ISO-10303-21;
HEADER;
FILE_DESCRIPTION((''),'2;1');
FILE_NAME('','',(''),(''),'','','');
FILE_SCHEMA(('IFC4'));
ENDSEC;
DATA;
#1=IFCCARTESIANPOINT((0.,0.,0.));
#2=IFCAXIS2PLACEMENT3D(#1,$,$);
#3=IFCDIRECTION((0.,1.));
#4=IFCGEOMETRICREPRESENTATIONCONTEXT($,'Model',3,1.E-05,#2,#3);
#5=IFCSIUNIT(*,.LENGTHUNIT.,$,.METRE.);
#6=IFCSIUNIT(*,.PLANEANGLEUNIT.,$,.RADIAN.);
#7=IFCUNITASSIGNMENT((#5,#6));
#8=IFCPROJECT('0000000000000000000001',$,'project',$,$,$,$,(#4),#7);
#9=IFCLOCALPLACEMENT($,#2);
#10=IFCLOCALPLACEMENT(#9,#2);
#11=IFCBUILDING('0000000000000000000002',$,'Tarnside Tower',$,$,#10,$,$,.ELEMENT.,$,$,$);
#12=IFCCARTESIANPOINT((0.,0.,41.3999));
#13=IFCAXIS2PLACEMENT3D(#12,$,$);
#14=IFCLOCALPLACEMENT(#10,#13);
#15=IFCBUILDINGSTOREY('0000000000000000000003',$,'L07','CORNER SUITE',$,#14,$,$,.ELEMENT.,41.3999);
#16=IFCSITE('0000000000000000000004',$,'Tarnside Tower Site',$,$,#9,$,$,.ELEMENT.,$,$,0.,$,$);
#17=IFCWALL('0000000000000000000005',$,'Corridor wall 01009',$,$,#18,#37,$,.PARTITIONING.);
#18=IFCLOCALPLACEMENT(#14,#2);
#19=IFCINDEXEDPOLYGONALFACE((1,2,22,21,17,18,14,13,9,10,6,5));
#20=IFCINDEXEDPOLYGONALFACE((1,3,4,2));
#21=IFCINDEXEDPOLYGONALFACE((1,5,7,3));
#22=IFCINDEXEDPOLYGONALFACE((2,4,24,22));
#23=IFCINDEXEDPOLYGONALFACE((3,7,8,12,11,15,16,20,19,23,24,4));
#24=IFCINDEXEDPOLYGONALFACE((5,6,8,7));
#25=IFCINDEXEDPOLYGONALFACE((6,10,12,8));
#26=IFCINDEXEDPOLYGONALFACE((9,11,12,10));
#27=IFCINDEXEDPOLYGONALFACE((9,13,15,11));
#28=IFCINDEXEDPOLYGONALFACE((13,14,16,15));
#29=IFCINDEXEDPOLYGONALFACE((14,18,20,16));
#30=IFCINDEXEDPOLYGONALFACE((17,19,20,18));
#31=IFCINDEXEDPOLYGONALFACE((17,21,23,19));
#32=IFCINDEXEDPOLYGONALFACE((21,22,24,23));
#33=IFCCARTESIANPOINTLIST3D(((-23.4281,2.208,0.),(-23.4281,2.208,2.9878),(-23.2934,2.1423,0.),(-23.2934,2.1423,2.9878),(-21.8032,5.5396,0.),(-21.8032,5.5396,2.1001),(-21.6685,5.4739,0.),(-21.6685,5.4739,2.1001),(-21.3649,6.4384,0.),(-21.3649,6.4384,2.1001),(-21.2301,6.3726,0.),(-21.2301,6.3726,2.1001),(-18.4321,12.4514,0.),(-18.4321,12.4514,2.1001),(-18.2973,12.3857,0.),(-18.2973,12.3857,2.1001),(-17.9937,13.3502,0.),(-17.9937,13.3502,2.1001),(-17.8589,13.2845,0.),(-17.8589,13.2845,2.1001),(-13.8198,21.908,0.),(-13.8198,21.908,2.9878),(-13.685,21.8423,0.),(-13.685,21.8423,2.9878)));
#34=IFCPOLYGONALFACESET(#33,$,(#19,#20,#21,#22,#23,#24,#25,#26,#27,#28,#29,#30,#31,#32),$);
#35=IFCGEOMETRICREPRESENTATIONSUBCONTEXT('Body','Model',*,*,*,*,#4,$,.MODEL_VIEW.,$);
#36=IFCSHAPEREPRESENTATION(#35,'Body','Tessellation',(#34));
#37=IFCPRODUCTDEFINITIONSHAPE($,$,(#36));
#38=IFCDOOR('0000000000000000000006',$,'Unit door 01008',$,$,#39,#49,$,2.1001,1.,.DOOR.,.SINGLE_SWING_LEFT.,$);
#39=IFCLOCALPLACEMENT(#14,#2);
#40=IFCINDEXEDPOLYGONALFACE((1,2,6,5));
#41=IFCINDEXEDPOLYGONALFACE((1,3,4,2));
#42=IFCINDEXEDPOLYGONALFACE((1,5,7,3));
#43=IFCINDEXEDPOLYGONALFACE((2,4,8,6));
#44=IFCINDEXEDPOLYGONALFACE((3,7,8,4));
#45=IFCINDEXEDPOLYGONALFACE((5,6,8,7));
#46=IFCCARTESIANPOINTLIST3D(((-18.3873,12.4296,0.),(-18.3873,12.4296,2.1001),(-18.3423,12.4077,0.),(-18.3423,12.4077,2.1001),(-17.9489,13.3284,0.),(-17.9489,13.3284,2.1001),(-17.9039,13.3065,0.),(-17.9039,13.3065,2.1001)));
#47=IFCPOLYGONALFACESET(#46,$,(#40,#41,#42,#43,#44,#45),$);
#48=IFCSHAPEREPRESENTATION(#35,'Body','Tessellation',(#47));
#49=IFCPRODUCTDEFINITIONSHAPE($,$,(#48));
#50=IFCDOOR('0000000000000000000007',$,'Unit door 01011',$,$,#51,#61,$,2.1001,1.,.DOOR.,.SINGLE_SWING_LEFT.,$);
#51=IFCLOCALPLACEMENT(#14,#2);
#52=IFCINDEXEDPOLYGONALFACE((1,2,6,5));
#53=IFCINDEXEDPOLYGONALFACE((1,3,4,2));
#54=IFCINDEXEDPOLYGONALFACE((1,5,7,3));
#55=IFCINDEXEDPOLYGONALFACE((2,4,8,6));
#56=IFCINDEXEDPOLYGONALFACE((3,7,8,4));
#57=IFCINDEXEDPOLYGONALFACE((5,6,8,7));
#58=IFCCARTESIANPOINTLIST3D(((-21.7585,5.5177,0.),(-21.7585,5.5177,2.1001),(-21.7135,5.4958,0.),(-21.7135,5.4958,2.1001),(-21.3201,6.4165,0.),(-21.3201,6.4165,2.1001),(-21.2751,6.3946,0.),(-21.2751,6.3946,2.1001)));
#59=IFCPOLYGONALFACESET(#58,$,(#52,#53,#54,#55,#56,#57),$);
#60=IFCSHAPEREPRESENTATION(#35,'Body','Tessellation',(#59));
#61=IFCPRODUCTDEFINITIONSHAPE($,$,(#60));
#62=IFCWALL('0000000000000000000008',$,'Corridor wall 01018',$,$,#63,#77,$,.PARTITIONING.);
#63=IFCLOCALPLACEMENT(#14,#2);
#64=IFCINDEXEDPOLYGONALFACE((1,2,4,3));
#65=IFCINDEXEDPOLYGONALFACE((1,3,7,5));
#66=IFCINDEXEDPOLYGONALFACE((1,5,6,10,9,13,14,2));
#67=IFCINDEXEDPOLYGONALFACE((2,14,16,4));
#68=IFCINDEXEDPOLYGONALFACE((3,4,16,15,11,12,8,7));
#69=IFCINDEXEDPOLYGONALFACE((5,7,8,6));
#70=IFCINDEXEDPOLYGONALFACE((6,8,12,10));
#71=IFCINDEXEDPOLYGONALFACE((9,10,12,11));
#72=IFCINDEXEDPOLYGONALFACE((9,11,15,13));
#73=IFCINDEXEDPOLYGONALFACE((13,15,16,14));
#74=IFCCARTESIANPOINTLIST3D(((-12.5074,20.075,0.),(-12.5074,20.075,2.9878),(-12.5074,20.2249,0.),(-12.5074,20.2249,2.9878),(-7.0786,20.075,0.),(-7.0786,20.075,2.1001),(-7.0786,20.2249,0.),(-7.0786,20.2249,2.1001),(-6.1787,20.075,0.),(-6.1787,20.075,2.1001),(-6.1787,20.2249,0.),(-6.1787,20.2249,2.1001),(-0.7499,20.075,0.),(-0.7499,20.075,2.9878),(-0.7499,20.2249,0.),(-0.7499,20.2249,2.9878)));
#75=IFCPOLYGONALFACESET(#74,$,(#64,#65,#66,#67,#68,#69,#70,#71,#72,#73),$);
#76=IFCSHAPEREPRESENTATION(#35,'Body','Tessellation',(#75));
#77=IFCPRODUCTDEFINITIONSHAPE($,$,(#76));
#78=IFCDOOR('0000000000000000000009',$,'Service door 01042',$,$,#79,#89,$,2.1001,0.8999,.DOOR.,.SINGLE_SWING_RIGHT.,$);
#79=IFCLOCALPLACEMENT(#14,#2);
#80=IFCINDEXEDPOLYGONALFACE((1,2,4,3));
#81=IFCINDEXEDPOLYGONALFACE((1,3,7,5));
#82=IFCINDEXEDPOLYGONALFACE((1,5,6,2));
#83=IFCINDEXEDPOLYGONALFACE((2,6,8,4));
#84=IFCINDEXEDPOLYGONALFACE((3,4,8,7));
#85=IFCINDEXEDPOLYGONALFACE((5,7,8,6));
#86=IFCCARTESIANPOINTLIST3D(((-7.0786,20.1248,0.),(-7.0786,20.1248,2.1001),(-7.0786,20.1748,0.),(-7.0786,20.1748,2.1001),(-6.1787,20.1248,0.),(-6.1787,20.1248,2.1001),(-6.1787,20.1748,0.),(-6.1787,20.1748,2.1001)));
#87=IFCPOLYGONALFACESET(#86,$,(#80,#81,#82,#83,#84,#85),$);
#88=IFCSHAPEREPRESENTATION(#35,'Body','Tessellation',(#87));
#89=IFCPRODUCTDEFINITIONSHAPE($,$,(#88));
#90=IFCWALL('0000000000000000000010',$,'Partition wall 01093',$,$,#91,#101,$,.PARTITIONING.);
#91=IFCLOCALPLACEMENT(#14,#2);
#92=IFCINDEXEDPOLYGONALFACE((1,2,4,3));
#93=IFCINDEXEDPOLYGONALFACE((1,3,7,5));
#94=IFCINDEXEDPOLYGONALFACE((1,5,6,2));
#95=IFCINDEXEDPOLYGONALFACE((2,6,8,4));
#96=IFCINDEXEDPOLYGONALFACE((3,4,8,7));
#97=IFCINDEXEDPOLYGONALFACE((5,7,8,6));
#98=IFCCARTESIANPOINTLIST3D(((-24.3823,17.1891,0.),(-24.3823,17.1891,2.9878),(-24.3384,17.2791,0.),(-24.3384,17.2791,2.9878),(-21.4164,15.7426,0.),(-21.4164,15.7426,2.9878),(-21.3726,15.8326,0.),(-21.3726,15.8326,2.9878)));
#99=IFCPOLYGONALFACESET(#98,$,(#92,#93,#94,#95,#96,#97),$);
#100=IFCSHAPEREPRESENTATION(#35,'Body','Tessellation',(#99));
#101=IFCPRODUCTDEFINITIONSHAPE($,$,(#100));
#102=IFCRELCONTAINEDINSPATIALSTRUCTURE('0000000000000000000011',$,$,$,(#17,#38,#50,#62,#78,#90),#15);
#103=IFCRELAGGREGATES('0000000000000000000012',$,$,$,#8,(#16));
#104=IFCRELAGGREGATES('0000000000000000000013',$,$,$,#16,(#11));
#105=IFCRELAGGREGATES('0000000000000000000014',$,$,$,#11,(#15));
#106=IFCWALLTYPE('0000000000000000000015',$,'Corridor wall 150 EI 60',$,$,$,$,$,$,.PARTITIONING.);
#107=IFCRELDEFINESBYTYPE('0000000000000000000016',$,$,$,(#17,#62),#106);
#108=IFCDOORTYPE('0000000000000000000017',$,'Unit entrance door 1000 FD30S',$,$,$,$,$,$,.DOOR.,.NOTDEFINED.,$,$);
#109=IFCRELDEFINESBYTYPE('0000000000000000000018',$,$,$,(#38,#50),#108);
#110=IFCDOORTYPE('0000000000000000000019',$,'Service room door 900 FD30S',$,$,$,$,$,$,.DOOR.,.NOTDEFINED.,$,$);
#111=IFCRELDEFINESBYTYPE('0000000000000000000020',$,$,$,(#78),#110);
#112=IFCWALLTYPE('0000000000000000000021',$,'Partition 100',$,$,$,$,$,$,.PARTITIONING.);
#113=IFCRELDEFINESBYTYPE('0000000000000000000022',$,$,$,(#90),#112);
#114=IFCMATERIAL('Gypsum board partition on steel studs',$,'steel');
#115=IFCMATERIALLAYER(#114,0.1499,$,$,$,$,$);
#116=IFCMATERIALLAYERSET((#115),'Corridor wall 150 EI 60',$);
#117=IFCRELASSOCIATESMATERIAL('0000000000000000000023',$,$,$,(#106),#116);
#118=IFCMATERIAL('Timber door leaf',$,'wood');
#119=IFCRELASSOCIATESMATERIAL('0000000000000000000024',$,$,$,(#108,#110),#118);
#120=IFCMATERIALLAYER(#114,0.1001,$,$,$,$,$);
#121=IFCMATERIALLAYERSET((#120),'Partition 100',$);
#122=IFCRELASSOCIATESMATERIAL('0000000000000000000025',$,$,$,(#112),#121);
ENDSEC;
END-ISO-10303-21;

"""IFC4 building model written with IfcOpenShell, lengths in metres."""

from ifc_helpers import new_model, si_unit, direction, frame, frame_2d, origin, place, context, subcontext, project, spatial, rectangle, extrude, material, layer, layer_set, type_object, element, fill, save


model = new_model("IFC4")

# Units and contexts
model_context = context("Model", 3, precision=1e-05, world=origin(), true_north=direction((0.0, 1.0)))
body_context = subcontext(model_context, "Body", "Model", "MODEL_VIEW")
ifc_project = project(units=[si_unit("LENGTHUNIT", "METRE"), si_unit("PLANEANGLEUNIT", "RADIAN")], contexts=[model_context])

# Site, building, storey
site_placement = place(None, origin())
site = spatial("IfcSite", under=ifc_project, at=site_placement, Name="Tarnside Tower Site", CompositionType="ELEMENT", RefElevation=0.0)
building_placement = place(site_placement, origin())
building = spatial("IfcBuilding", under=site, at=building_placement, Name="Tarnside Tower", CompositionType="ELEMENT")
storey_placement = place(building_placement, frame((0.0, 0.0, 41.3999)))
storey = spatial("IfcBuildingStorey", under=building, at=storey_placement, Name="L07", Description="CORNER SUITE", CompositionType="ELEMENT", Elevation=41.3999)

# Shared definitions
ifc_material_1 = material(Name="Gypsum board partition on steel studs", Category="steel")
ifc_material_2 = material(Name="Timber door leaf", Category="wood")

# Wall, openings, doors
ifc_layer_1 = layer(ifc_material_1, 0.1499)
ifc_layer_set_1 = layer_set([ifc_layer_1], Name="Corridor wall 150 EI 60")
wall_type_1 = type_object("IfcWallType", Name="Corridor wall 150 EI 60", PredefinedType="PARTITIONING", material=ifc_layer_set_1)
wall_1_placement = place(storey_placement, frame((-13.7524, 21.875, 0.0), z_axis=(0.0, 0.0, 1.0), x_axis=(-0.438374, -0.898792, 0.0)))
wall_1 = element("IfcWall", 1, at=wall_1_placement, inside=storey, type_object=wall_type_1, Name="Corridor wall 01009", PredefinedType="PARTITIONING", context=body_context, shape_type="SweptSolid", body=[
    extrude(rectangle(XDim=21.9182, YDim=0.1499, at=frame_2d((10.959, 0.0))), origin(), (0.0, 0.0, 1.0), 2.9878),
])
opening_1_placement = place(wall_1_placement, frame((9.5212, 0.0, 0.0)))
opening_1 = element("IfcOpeningElement", 2, at=opening_1_placement, cuts=wall_1, PredefinedType="OPENING", context=body_context, shape_type="SweptSolid", body=[
    extrude(rectangle(XDim=1.0, YDim=2.1001, at=frame_2d((0.5, 1.05))), frame((0.0, 0.085, 0.0), z_axis=(0.0, -1.0, 0.0), x_axis=(1.0, 0.0, 0.0)), (0.0, 0.0, 1.0), 0.1699),
])
opening_2_placement = place(wall_1_placement, frame((17.2114, 0.0, 0.0)))
opening_2 = element("IfcOpeningElement", 3, at=opening_2_placement, cuts=wall_1, PredefinedType="OPENING", context=body_context, shape_type="SweptSolid", body=[
    extrude(rectangle(XDim=1.0, YDim=2.1001, at=frame_2d((0.5, 1.05))), frame((0.0, 0.085, 0.0), z_axis=(0.0, -1.0, 0.0), x_axis=(1.0, 0.0, 0.0)), (0.0, 0.0, 1.0), 0.1699),
])
door_type_1 = type_object("IfcDoorType", Name="Unit entrance door 1000 FD30S", OperationType="NOTDEFINED", PredefinedType="DOOR", material=ifc_material_2)
door_1_placement = place(opening_1_placement, origin())
door_1 = element("IfcDoor", 4, at=door_1_placement, inside=storey, type_object=door_type_1, Name="Unit door 01008", OperationType="SINGLE_SWING_LEFT", OverallHeight=2.1001, OverallWidth=1.0, PredefinedType="DOOR", context=body_context, shape_type="SweptSolid", body=[
    extrude(rectangle(XDim=1.0, YDim=2.1001, at=frame_2d((0.5, 1.05))), frame((0.0, 0.0249, 0.0), z_axis=(0.0, -1.0, 0.0), x_axis=(1.0, 0.0, 0.0)), (0.0, 0.0, 1.0), 0.05),
])
fill(opening_1, door_1)
door_2_placement = place(opening_2_placement, origin())
door_2 = element("IfcDoor", 5, at=door_2_placement, inside=storey, type_object=door_type_1, Name="Unit door 01011", OperationType="SINGLE_SWING_LEFT", OverallHeight=2.1001, OverallWidth=1.0, PredefinedType="DOOR", context=body_context, shape_type="SweptSolid", body=[
    extrude(rectangle(XDim=1.0, YDim=2.1001, at=frame_2d((0.5, 1.05))), frame((0.0, 0.0249, 0.0), z_axis=(0.0, -1.0, 0.0), x_axis=(1.0, 0.0, 0.0)), (0.0, 0.0, 1.0), 0.05),
])
fill(opening_2, door_2)

# Wall, opening, door
wall_2_placement = place(storey_placement, frame((-12.5076, 20.1499, 0.0), z_axis=(0.0, 0.0, 1.0), x_axis=(1.0, 0.0, 0.0)))
wall_2 = element("IfcWall", 6, at=wall_2_placement, inside=storey, type_object=wall_type_1, Name="Corridor wall 01018", PredefinedType="PARTITIONING", context=body_context, shape_type="SweptSolid", body=[
    extrude(rectangle(XDim=11.7576, YDim=0.1499, at=frame_2d((5.8789, 0.0))), origin(), (0.0, 0.0, 1.0), 2.9878),
])
opening_3_placement = place(wall_2_placement, frame((5.429, 0.0, 0.0)))
opening_3 = element("IfcOpeningElement", 7, at=opening_3_placement, cuts=wall_2, PredefinedType="OPENING", context=body_context, shape_type="SweptSolid", body=[
    extrude(rectangle(XDim=0.8999, YDim=2.1001, at=frame_2d((0.45, 1.05))), frame((0.0, 0.085, 0.0), z_axis=(0.0, -1.0, 0.0), x_axis=(1.0, 0.0, 0.0)), (0.0, 0.0, 1.0), 0.1699),
])
door_type_2 = type_object("IfcDoorType", Name="Service room door 900 FD30S", OperationType="NOTDEFINED", PredefinedType="DOOR", material=ifc_material_2)
door_3_placement = place(opening_3_placement, origin())
door_3 = element("IfcDoor", 8, at=door_3_placement, inside=storey, type_object=door_type_2, Name="Service door 01042", OperationType="SINGLE_SWING_RIGHT", OverallHeight=2.1001, OverallWidth=0.8999, PredefinedType="DOOR", context=body_context, shape_type="SweptSolid", body=[
    extrude(rectangle(XDim=0.8999, YDim=2.1001, at=frame_2d((0.45, 1.05))), frame((0.0, 0.0249, 0.0), z_axis=(0.0, -1.0, 0.0), x_axis=(1.0, 0.0, 0.0)), (0.0, 0.0, 1.0), 0.05),
])
fill(opening_3, door_3)

# Wall
ifc_layer_2 = layer(ifc_material_1, 0.1001)
ifc_layer_set_2 = layer_set([ifc_layer_2], Name="Partition 100")
wall_type_2 = type_object("IfcWallType", Name="Partition 100", PredefinedType="PARTITIONING", material=ifc_layer_set_2)
wall_3_placement = place(storey_placement, frame((-24.3604, 17.2341, 0.0), z_axis=(0.0, 0.0, 1.0), x_axis=(0.898793, -0.438373, 0.0)))
element("IfcWall", 9, at=wall_3_placement, inside=storey, type_object=wall_type_2, Name="Partition wall 01093", PredefinedType="PARTITIONING", context=body_context, shape_type="SweptSolid", body=[
    extrude(rectangle(XDim=3.2998, YDim=0.1001, at=frame_2d((1.6499, 0.0))), origin(), (0.0, 0.0, 1.0), 2.9878),
])

save(model, "model.ifc")
